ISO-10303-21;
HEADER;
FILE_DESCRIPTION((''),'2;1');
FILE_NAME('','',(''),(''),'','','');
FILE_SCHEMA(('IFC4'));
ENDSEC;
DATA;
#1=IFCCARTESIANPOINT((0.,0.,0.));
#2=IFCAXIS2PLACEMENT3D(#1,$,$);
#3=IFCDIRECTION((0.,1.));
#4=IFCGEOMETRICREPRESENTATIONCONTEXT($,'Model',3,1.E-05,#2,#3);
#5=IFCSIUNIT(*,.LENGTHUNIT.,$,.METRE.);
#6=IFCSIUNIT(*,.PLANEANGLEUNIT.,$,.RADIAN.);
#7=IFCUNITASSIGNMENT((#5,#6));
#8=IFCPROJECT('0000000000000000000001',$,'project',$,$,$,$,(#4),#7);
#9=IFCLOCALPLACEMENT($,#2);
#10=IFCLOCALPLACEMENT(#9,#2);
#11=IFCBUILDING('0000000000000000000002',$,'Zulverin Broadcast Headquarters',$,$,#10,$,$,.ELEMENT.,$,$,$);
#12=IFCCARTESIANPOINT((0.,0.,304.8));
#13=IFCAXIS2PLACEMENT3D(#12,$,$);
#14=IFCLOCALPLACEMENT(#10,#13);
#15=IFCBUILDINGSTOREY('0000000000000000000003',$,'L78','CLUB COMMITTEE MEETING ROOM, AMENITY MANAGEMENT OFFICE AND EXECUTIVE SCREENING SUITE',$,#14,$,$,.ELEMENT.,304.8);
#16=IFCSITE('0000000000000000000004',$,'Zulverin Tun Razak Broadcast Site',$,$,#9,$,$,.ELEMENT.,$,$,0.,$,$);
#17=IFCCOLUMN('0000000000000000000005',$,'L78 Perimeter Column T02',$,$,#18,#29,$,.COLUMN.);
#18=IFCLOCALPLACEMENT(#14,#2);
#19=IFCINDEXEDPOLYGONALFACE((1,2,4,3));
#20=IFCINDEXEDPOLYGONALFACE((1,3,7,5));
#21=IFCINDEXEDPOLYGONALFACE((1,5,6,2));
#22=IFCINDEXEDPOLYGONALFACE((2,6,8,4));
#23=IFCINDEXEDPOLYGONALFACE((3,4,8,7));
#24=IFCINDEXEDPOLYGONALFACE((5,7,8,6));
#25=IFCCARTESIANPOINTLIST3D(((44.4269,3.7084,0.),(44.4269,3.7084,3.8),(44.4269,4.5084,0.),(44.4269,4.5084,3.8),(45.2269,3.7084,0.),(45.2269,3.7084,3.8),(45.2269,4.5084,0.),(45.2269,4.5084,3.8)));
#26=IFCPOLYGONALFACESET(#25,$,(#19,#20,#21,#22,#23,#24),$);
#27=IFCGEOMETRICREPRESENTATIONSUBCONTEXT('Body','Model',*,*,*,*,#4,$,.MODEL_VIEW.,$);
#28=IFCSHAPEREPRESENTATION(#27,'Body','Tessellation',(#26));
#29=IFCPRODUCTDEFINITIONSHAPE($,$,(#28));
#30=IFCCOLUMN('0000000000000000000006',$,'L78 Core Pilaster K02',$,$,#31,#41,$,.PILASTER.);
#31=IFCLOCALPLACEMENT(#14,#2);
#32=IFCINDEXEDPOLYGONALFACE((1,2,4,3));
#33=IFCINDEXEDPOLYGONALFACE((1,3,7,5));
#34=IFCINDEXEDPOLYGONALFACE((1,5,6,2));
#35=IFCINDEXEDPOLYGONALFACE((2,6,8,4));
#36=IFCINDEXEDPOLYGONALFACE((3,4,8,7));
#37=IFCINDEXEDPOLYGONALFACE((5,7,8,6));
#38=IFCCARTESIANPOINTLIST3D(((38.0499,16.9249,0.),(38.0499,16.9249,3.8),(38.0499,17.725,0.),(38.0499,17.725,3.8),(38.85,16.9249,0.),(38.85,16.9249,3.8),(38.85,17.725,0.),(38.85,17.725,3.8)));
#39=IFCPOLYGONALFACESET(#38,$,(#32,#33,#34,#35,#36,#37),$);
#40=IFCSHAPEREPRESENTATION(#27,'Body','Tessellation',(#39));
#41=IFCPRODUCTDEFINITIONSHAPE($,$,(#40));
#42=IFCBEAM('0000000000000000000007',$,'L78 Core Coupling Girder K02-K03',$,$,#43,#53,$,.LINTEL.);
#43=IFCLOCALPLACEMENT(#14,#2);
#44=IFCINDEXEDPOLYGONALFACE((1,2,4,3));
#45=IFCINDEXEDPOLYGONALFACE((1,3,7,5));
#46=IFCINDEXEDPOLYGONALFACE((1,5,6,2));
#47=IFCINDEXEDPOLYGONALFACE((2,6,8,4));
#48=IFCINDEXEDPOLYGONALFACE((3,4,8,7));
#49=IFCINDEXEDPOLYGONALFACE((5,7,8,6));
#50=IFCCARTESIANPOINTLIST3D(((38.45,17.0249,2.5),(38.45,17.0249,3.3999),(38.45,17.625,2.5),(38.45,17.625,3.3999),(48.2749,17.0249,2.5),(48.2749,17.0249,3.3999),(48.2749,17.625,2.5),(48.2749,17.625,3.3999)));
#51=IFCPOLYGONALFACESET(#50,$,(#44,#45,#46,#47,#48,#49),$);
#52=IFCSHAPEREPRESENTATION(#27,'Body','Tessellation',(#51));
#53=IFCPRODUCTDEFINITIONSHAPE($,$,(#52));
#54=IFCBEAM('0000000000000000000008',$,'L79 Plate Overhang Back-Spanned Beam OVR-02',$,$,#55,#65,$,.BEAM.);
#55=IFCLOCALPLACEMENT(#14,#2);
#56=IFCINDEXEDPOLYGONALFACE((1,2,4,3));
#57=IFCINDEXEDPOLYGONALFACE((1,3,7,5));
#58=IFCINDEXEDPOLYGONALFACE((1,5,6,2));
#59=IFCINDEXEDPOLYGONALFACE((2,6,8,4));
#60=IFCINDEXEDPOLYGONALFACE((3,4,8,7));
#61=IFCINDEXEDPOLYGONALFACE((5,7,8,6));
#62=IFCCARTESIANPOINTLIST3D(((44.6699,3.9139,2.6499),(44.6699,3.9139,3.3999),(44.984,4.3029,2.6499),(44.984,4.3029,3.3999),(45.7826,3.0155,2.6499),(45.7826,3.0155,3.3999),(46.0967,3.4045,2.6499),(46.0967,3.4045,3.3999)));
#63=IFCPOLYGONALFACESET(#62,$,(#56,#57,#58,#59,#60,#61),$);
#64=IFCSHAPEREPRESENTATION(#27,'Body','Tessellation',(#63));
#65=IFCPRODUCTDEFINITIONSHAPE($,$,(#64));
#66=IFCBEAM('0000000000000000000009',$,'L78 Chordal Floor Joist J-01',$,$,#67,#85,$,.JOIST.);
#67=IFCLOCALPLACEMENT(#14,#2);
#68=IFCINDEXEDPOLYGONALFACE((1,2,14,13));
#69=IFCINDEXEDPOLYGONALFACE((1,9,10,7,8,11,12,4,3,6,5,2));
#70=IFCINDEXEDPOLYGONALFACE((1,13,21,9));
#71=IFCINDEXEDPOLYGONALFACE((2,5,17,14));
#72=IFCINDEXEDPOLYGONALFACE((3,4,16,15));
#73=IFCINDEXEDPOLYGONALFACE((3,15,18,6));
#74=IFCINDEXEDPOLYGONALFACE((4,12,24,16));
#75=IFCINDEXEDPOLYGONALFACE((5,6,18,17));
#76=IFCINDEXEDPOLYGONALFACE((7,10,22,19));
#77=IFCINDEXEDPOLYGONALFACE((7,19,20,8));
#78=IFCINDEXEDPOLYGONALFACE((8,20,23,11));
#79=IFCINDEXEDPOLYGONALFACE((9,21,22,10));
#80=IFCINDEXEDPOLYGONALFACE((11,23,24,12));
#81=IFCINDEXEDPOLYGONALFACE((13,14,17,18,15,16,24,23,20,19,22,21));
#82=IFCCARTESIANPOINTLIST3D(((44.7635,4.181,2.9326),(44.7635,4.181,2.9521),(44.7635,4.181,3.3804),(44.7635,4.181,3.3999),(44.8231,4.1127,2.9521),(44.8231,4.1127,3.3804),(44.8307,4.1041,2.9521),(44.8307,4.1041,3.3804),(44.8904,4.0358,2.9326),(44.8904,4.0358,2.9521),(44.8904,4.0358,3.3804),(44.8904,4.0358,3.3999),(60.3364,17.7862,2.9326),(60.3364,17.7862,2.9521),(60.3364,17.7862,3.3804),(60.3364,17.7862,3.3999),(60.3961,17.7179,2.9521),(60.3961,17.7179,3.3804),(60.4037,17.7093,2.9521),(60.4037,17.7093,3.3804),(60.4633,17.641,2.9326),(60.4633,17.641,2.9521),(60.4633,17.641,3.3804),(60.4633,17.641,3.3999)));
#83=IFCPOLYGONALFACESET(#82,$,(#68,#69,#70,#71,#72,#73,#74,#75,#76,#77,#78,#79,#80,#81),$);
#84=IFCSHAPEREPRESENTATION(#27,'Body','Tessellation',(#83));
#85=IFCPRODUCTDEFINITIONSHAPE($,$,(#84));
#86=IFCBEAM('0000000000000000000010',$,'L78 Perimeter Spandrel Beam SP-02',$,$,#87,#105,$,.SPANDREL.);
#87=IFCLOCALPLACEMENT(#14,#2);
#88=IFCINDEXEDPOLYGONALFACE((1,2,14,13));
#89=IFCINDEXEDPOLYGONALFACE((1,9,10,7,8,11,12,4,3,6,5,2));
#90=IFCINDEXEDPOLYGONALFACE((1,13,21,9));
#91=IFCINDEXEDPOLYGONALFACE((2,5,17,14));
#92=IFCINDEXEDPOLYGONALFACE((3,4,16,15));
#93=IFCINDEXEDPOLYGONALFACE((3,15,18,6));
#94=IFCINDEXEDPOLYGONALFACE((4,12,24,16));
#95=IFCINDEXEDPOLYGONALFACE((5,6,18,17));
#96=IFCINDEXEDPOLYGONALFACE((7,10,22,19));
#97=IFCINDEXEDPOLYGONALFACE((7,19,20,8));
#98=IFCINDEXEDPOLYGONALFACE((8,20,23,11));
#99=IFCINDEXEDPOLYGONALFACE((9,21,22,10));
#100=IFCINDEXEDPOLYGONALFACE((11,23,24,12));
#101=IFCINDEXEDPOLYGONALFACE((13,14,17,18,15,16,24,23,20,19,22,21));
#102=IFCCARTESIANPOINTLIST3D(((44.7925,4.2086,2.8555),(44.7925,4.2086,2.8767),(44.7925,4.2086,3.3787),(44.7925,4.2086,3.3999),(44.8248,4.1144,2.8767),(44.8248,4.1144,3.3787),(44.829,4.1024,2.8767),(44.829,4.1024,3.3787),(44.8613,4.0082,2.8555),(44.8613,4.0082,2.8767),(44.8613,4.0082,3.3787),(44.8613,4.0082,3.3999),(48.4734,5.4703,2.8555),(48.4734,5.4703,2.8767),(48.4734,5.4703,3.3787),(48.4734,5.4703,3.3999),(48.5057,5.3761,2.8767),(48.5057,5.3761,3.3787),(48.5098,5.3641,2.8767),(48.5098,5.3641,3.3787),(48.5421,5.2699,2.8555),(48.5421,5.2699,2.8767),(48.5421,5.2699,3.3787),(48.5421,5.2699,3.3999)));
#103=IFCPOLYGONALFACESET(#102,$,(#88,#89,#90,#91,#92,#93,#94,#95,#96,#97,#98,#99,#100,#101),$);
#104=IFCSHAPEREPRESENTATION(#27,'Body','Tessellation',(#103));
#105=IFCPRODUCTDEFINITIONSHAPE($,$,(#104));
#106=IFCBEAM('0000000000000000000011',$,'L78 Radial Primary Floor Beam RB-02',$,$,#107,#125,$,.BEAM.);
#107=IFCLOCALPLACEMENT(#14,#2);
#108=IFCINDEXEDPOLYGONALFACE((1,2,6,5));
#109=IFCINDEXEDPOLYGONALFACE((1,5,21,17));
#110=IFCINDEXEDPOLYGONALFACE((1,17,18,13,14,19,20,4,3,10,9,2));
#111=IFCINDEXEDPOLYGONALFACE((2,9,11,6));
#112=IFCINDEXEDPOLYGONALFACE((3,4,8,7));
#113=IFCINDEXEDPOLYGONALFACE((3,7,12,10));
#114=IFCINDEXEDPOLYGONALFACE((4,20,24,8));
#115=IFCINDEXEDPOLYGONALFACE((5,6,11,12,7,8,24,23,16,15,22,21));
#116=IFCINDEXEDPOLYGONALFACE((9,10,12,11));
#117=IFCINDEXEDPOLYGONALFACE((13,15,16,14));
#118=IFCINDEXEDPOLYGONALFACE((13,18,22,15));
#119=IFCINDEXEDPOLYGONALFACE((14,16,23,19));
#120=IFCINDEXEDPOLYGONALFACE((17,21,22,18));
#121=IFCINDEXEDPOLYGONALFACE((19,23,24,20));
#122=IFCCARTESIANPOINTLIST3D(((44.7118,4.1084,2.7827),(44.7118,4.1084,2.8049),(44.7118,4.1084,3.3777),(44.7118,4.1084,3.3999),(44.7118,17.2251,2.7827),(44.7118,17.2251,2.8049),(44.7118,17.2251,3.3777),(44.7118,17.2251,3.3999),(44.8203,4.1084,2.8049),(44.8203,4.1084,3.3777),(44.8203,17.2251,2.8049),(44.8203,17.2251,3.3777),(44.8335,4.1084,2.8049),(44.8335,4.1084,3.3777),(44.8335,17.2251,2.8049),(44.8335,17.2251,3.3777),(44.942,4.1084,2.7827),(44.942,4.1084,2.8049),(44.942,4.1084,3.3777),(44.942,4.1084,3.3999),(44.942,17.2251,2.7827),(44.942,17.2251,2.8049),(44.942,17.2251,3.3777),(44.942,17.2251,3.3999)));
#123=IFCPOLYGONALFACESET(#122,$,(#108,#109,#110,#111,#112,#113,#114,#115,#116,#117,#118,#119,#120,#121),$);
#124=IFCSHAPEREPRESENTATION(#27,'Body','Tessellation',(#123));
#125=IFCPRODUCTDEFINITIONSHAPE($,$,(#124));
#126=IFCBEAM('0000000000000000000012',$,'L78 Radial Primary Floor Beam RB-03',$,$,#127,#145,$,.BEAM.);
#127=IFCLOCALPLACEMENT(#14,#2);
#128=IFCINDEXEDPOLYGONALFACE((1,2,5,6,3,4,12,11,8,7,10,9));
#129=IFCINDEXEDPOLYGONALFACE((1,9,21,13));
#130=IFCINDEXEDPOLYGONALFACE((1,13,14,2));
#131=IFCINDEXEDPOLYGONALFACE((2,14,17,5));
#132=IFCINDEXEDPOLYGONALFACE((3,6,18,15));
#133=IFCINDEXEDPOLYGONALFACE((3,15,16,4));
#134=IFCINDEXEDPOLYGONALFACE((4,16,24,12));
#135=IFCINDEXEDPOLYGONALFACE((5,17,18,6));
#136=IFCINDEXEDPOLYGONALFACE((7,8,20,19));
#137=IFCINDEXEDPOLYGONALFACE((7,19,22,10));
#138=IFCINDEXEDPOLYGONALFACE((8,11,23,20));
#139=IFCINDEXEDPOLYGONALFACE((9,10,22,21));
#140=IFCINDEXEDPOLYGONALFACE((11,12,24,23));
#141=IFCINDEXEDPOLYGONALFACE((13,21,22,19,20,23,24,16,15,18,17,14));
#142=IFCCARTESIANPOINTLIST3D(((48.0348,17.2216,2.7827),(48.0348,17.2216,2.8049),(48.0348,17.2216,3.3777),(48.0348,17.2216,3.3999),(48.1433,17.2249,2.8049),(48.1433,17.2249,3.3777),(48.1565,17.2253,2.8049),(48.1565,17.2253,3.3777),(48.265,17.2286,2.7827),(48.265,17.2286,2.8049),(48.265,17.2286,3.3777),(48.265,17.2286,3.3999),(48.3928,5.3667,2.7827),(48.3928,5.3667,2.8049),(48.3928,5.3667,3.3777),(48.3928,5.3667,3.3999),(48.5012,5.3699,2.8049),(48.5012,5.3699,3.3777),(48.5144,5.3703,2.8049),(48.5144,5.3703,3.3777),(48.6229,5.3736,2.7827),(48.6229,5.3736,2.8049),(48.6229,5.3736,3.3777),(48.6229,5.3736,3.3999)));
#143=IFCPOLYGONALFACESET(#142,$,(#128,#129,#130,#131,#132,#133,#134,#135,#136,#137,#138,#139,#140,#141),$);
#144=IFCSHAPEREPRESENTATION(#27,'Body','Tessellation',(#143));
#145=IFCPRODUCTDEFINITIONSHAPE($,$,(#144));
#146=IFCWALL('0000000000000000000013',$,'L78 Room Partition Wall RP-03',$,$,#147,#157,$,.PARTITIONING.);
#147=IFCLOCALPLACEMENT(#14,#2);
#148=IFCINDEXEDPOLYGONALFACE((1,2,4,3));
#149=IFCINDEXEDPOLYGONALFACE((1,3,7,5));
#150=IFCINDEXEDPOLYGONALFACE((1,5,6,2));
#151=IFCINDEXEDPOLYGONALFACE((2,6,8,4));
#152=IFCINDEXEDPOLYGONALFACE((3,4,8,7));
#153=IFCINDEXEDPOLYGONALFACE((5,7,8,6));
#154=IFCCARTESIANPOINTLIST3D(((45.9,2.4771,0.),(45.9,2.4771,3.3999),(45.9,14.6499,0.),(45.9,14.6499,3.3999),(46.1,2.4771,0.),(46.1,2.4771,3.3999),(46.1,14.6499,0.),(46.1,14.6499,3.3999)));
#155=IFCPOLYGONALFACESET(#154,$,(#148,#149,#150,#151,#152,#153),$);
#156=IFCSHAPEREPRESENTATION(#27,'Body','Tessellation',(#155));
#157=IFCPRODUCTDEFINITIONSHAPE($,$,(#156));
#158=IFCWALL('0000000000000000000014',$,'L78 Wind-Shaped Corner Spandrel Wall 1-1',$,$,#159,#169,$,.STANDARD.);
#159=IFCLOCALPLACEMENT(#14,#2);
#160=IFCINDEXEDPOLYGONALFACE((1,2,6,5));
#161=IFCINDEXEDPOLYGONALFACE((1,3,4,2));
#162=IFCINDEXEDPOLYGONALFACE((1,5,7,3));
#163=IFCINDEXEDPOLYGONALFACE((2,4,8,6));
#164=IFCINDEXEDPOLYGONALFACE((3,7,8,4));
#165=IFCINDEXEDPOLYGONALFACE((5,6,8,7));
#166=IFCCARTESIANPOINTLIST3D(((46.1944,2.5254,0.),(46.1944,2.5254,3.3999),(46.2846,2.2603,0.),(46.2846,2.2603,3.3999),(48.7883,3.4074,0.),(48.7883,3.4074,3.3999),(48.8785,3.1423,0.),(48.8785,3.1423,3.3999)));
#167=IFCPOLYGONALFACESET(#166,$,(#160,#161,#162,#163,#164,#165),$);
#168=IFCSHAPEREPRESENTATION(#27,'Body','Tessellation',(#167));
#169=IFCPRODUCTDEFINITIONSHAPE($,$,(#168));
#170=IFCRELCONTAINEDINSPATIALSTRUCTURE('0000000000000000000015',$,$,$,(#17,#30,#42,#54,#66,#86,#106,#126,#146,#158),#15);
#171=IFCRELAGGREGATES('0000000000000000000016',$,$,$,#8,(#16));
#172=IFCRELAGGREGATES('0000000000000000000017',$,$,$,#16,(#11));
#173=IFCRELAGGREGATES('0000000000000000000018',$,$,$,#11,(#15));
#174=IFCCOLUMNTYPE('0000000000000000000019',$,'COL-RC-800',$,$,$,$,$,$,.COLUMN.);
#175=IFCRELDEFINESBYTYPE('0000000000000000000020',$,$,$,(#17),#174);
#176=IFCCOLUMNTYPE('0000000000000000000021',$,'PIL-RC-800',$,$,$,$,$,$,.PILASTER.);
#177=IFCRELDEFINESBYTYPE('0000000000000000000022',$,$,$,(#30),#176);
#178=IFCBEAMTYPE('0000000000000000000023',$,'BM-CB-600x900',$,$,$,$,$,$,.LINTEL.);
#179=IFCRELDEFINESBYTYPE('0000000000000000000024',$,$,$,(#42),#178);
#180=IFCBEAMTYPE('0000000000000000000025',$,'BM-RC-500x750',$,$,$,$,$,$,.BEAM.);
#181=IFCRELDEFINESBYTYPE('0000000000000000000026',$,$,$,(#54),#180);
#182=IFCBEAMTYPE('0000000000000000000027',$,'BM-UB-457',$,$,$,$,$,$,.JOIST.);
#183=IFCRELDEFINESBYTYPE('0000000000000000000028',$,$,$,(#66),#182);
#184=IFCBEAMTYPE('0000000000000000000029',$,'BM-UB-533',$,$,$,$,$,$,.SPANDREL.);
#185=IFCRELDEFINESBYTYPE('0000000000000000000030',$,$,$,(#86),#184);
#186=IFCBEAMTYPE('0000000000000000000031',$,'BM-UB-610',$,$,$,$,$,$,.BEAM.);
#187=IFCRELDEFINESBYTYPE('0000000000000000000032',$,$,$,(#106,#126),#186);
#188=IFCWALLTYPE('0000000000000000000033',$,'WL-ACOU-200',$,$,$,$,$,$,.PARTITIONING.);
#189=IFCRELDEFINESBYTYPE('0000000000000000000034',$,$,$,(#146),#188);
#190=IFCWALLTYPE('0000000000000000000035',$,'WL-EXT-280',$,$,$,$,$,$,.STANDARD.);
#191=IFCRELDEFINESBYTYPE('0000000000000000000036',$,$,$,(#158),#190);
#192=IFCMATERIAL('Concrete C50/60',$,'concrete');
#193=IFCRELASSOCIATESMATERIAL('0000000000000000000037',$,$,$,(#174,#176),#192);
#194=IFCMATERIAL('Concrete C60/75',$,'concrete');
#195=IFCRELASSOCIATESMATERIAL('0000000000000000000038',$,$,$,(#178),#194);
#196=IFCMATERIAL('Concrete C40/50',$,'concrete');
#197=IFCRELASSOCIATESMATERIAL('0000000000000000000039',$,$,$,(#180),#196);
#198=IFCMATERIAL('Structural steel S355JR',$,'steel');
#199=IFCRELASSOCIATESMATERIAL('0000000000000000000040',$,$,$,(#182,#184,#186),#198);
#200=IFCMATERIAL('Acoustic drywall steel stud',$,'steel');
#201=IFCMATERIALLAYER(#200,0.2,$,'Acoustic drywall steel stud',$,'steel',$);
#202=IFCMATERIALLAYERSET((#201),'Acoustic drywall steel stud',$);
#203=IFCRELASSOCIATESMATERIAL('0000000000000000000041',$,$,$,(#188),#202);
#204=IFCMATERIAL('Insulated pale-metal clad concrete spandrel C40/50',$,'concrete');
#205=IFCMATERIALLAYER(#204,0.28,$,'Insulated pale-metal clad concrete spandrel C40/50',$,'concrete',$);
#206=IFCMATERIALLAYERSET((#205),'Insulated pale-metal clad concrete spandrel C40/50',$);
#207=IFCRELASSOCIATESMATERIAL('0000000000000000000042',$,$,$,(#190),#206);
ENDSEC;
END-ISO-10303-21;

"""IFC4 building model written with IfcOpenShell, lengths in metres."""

from ifc_helpers import new_model, si_unit, direction, frame, frame_2d, origin, origin_2d, place, context, subcontext, project, spatial, rectangle, i_section, extrude, material, layer, layer_set, material_profile, profile_set, type_object, element, save


model = new_model("IFC4")

# Units and contexts
model_context = context("Model", 3, precision=1e-05, world=origin(), true_north=direction((0.0, 1.0)))
body_context = subcontext(model_context, "Body", "Model", "MODEL_VIEW")
ifc_project = project(units=[si_unit("LENGTHUNIT", "METRE"), si_unit("PLANEANGLEUNIT", "RADIAN")], contexts=[model_context])

# Site, building, storey
site_placement = place(None, origin())
site = spatial("IfcSite", under=ifc_project, at=site_placement, Name="Zulverin Tun Razak Broadcast Site", CompositionType="ELEMENT", RefElevation=0.0)
building_placement = place(site_placement, origin())
building = spatial("IfcBuilding", under=site, at=building_placement, Name="Zulverin Broadcast Headquarters", CompositionType="ELEMENT")
storey_placement = place(building_placement, frame((0.0, 0.0, 304.8)))
storey = spatial("IfcBuildingStorey", under=building, at=storey_placement, Name="L78", Description="CLUB COMMITTEE MEETING ROOM, AMENITY MANAGEMENT OFFICE AND EXECUTIVE SCREENING SUITE", CompositionType="ELEMENT", Elevation=304.8)

# Columns
ifc_material_1 = material(Name="Concrete C50/60", Category="concrete")
ifc_material_profile_1 = material_profile(ifc_material_1, rectangle(XDim=0.8, YDim=0.8, at=origin_2d()), Name="Concrete C50/60", Category="concrete")
ifc_profile_set_1 = profile_set([ifc_material_profile_1], Name="Concrete C50/60")
column_type_1 = type_object("IfcColumnType", Name="COL-RC-800", PredefinedType="COLUMN", material=ifc_profile_set_1)
column_1_placement = place(storey_placement, frame((44.8269, 4.1084, 0.0), z_axis=(0.0, 0.0, 1.0), x_axis=(1.0, 0.0, 0.0)))
element("IfcColumn", 1, at=column_1_placement, inside=storey, type_object=column_type_1, Name="L78 Perimeter Column T02", PredefinedType="COLUMN", context=body_context, shape_type="SweptSolid", body=[
    extrude(rectangle(XDim=0.8, YDim=0.8, at=origin_2d()), origin(), (0.0, 0.0, 1.0), 3.8),
])
ifc_material_profile_2 = material_profile(ifc_material_1, rectangle(XDim=0.8, YDim=0.8, at=origin_2d()), Name="Concrete C50/60", Category="concrete")
ifc_profile_set_2 = profile_set([ifc_material_profile_2], Name="Concrete C50/60")
column_type_2 = type_object("IfcColumnType", Name="PIL-RC-800", PredefinedType="PILASTER", material=ifc_profile_set_2)
column_2_placement = place(storey_placement, frame((38.45, 17.325, 0.0), z_axis=(0.0, 0.0, 1.0), x_axis=(1.0, 0.0, 0.0)))
element("IfcColumn", 2, at=column_2_placement, inside=storey, type_object=column_type_2, Name="L78 Core Pilaster K02", PredefinedType="PILASTER", context=body_context, shape_type="SweptSolid", body=[
    extrude(rectangle(XDim=0.8, YDim=0.8, at=origin_2d()), origin(), (0.0, 0.0, 1.0), 3.8),
])

# Beams
ifc_material_2 = material(Name="Concrete C60/75", Category="concrete")
ifc_material_profile_3 = material_profile(ifc_material_2, rectangle(XDim=0.6001, YDim=0.8999, at=origin_2d()), Name="Concrete C60/75", Category="concrete")
ifc_profile_set_3 = profile_set([ifc_material_profile_3], Name="Concrete C60/75")
beam_type_1 = type_object("IfcBeamType", Name="BM-CB-600x900", PredefinedType="LINTEL", material=ifc_profile_set_3)
beam_1_placement = place(storey_placement, frame((38.45, 17.325, 2.95), z_axis=(1.0, 0.0, 0.0), x_axis=(0.0, 1.0, 0.0)))
element("IfcBeam", 3, at=beam_1_placement, inside=storey, type_object=beam_type_1, Name="L78 Core Coupling Girder K02-K03", PredefinedType="LINTEL", context=body_context, shape_type="SweptSolid", body=[
    extrude(rectangle(XDim=0.6001, YDim=0.8999, at=origin_2d()), origin(), (0.0, 0.0, 1.0), 9.825),
])
ifc_material_3 = material(Name="Concrete C40/50", Category="concrete")
ifc_material_profile_4 = material_profile(ifc_material_3, rectangle(XDim=0.5, YDim=0.75, at=origin_2d()), Name="Concrete C40/50", Category="concrete")
ifc_profile_set_4 = profile_set([ifc_material_profile_4], Name="Concrete C40/50")
beam_type_2 = type_object("IfcBeamType", Name="BM-RC-500x750", PredefinedType="BEAM", material=ifc_profile_set_4)
beam_2_placement = place(storey_placement, frame((44.8269, 4.1084, 3.0249), z_axis=(0.778063, -0.628186, 0.0), x_axis=(0.628186, 0.778063, 0.0)))
element("IfcBeam", 4, at=beam_2_placement, inside=storey, type_object=beam_type_2, Name="L79 Plate Overhang Back-Spanned Beam OVR-02", PredefinedType="BEAM", context=body_context, shape_type="SweptSolid", body=[
    extrude(rectangle(XDim=0.5, YDim=0.75, at=origin_2d()), origin(), (0.0, 0.0, 1.0), 1.4302),
])
ifc_material_4 = material(Name="Structural steel S355JR", Category="steel")
ifc_material_profile_5 = material_profile(ifc_material_4, i_section(OverallWidth=0.1929, OverallDepth=0.4673, WebThickness=0.0115, FlangeThickness=0.0195, at=origin_2d()), Name="Structural steel S355JR", Category="steel")
ifc_profile_set_5 = profile_set([ifc_material_profile_5], Name="Structural steel S355JR")
beam_type_3 = type_object("IfcBeamType", Name="BM-UB-457", PredefinedType="JOIST", material=ifc_profile_set_5)
beam_3_placement = place(storey_placement, frame((44.8269, 4.1084, 3.1663), z_axis=(0.753083, 0.657925, 0.0), x_axis=(-0.657925, 0.753083, 0.0)))
element("IfcBeam", 5, at=beam_3_placement, inside=storey, type_object=beam_type_3, Name="L78 Chordal Floor Joist J-01", PredefinedType="JOIST", context=body_context, shape_type="SweptSolid", body=[
    extrude(i_section(OverallWidth=0.1929, OverallDepth=0.4673, WebThickness=0.0115, FlangeThickness=0.0195, at=origin_2d()), origin(), (0.0, 0.0, 1.0), 20.679),
])
ifc_material_profile_6 = material_profile(ifc_material_4, i_section(OverallWidth=0.2119, OverallDepth=0.5444, WebThickness=0.0127, FlangeThickness=0.0212, at=origin_2d()), Name="Structural steel S355JR", Category="steel")
ifc_profile_set_6 = profile_set([ifc_material_profile_6], Name="Structural steel S355JR")
beam_type_4 = type_object("IfcBeamType", Name="BM-UB-533", PredefinedType="SPANDREL", material=ifc_profile_set_6)
beam_4_placement = place(storey_placement, frame((44.8269, 4.1084, 3.1277), z_axis=(0.94597, 0.324254, 0.0), x_axis=(-0.324254, 0.94597, 0.0)))
element("IfcBeam", 6, at=beam_4_placement, inside=storey, type_object=beam_type_4, Name="L78 Perimeter Spandrel Beam SP-02", PredefinedType="SPANDREL", context=body_context, shape_type="SweptSolid", body=[
    extrude(i_section(OverallWidth=0.2119, OverallDepth=0.5444, WebThickness=0.0127, FlangeThickness=0.0212, at=origin_2d()), origin(), (0.0, 0.0, 1.0), 3.8911),
])
ifc_material_profile_7 = material_profile(ifc_material_4, i_section(OverallWidth=0.2302, OverallDepth=0.6172, WebThickness=0.0132, FlangeThickness=0.0222, at=origin_2d()), Name="Structural steel S355JR", Category="steel")
ifc_profile_set_7 = profile_set([ifc_material_profile_7], Name="Structural steel S355JR")
beam_type_5 = type_object("IfcBeamType", Name="BM-UB-610", PredefinedType="BEAM", material=ifc_profile_set_7)
beam_5_placement = place(storey_placement, frame((44.8269, 17.2251, 3.0913), z_axis=(0.0, -1.0, 0.0), x_axis=(1.0, 0.0, 0.0)))
element("IfcBeam", 7, at=beam_5_placement, inside=storey, type_object=beam_type_5, Name="L78 Radial Primary Floor Beam RB-02", PredefinedType="BEAM", context=body_context, shape_type="SweptSolid", body=[
    extrude(i_section(OverallWidth=0.2302, OverallDepth=0.6172, WebThickness=0.0132, FlangeThickness=0.0222, at=origin_2d()), origin(), (0.0, 0.0, 1.0), 13.1167),
])
beam_6_placement = place(storey_placement, frame((48.1499, 17.2251, 3.0913), z_axis=(0.030177, -0.999545, 0.0), x_axis=(0.999545, 0.030177, 0.0)))
element("IfcBeam", 8, at=beam_6_placement, inside=storey, type_object=beam_type_5, Name="L78 Radial Primary Floor Beam RB-03", PredefinedType="BEAM", context=body_context, shape_type="SweptSolid", body=[
    extrude(i_section(OverallWidth=0.2302, OverallDepth=0.6172, WebThickness=0.0132, FlangeThickness=0.0222, at=origin_2d()), origin(), (0.0, 0.0, 1.0), 11.8604),
])

# Walls
ifc_material_5 = material(Name="Acoustic drywall steel stud", Category="steel")
ifc_layer_1 = layer(ifc_material_5, 0.2, Name="Acoustic drywall steel stud", Category="steel")
ifc_layer_set_1 = layer_set([ifc_layer_1], Name="Acoustic drywall steel stud")
wall_type_1 = type_object("IfcWallType", Name="WL-ACOU-200", PredefinedType="PARTITIONING", material=ifc_layer_set_1)
wall_1_placement = place(storey_placement, frame((46.0, 2.4771, 0.0), z_axis=(0.0, 0.0, 1.0), x_axis=(0.0, 1.0, 0.0)))
element("IfcWall", 9, at=wall_1_placement, inside=storey, type_object=wall_type_1, Name="L78 Room Partition Wall RP-03", PredefinedType="PARTITIONING", context=body_context, shape_type="SweptSolid", body=[
    extrude(rectangle(XDim=12.1729, YDim=0.2, at=frame_2d((6.0864, 0.0))), origin(), (0.0, 0.0, 1.0), 3.3999),
])
ifc_material_6 = material(Name="Insulated pale-metal clad concrete spandrel C40/50", Category="concrete")
ifc_layer_2 = layer(ifc_material_6, 0.28, Name="Insulated pale-metal clad concrete spandrel C40/50", Category="concrete")
ifc_layer_set_2 = layer_set([ifc_layer_2], Name="Insulated pale-metal clad concrete spandrel C40/50")
wall_type_2 = type_object("IfcWallType", Name="WL-EXT-280", PredefinedType="STANDARD", material=ifc_layer_set_2)
wall_2_placement = place(storey_placement, frame((46.2395, 2.3928, 0.0), z_axis=(0.0, 0.0, 1.0), x_axis=(0.946759, 0.321943, 0.0)))
element("IfcWall", 10, at=wall_2_placement, inside=storey, type_object=wall_type_2, Name="L78 Wind-Shaped Corner Spandrel Wall 1-1", PredefinedType="STANDARD", context=body_context, shape_type="SweptSolid", body=[
    extrude(rectangle(XDim=2.7397, YDim=0.28, at=frame_2d((1.3699, 0.0))), origin(), (0.0, 0.0, 1.0), 3.3999),
])

save(model, "model.ifc")
